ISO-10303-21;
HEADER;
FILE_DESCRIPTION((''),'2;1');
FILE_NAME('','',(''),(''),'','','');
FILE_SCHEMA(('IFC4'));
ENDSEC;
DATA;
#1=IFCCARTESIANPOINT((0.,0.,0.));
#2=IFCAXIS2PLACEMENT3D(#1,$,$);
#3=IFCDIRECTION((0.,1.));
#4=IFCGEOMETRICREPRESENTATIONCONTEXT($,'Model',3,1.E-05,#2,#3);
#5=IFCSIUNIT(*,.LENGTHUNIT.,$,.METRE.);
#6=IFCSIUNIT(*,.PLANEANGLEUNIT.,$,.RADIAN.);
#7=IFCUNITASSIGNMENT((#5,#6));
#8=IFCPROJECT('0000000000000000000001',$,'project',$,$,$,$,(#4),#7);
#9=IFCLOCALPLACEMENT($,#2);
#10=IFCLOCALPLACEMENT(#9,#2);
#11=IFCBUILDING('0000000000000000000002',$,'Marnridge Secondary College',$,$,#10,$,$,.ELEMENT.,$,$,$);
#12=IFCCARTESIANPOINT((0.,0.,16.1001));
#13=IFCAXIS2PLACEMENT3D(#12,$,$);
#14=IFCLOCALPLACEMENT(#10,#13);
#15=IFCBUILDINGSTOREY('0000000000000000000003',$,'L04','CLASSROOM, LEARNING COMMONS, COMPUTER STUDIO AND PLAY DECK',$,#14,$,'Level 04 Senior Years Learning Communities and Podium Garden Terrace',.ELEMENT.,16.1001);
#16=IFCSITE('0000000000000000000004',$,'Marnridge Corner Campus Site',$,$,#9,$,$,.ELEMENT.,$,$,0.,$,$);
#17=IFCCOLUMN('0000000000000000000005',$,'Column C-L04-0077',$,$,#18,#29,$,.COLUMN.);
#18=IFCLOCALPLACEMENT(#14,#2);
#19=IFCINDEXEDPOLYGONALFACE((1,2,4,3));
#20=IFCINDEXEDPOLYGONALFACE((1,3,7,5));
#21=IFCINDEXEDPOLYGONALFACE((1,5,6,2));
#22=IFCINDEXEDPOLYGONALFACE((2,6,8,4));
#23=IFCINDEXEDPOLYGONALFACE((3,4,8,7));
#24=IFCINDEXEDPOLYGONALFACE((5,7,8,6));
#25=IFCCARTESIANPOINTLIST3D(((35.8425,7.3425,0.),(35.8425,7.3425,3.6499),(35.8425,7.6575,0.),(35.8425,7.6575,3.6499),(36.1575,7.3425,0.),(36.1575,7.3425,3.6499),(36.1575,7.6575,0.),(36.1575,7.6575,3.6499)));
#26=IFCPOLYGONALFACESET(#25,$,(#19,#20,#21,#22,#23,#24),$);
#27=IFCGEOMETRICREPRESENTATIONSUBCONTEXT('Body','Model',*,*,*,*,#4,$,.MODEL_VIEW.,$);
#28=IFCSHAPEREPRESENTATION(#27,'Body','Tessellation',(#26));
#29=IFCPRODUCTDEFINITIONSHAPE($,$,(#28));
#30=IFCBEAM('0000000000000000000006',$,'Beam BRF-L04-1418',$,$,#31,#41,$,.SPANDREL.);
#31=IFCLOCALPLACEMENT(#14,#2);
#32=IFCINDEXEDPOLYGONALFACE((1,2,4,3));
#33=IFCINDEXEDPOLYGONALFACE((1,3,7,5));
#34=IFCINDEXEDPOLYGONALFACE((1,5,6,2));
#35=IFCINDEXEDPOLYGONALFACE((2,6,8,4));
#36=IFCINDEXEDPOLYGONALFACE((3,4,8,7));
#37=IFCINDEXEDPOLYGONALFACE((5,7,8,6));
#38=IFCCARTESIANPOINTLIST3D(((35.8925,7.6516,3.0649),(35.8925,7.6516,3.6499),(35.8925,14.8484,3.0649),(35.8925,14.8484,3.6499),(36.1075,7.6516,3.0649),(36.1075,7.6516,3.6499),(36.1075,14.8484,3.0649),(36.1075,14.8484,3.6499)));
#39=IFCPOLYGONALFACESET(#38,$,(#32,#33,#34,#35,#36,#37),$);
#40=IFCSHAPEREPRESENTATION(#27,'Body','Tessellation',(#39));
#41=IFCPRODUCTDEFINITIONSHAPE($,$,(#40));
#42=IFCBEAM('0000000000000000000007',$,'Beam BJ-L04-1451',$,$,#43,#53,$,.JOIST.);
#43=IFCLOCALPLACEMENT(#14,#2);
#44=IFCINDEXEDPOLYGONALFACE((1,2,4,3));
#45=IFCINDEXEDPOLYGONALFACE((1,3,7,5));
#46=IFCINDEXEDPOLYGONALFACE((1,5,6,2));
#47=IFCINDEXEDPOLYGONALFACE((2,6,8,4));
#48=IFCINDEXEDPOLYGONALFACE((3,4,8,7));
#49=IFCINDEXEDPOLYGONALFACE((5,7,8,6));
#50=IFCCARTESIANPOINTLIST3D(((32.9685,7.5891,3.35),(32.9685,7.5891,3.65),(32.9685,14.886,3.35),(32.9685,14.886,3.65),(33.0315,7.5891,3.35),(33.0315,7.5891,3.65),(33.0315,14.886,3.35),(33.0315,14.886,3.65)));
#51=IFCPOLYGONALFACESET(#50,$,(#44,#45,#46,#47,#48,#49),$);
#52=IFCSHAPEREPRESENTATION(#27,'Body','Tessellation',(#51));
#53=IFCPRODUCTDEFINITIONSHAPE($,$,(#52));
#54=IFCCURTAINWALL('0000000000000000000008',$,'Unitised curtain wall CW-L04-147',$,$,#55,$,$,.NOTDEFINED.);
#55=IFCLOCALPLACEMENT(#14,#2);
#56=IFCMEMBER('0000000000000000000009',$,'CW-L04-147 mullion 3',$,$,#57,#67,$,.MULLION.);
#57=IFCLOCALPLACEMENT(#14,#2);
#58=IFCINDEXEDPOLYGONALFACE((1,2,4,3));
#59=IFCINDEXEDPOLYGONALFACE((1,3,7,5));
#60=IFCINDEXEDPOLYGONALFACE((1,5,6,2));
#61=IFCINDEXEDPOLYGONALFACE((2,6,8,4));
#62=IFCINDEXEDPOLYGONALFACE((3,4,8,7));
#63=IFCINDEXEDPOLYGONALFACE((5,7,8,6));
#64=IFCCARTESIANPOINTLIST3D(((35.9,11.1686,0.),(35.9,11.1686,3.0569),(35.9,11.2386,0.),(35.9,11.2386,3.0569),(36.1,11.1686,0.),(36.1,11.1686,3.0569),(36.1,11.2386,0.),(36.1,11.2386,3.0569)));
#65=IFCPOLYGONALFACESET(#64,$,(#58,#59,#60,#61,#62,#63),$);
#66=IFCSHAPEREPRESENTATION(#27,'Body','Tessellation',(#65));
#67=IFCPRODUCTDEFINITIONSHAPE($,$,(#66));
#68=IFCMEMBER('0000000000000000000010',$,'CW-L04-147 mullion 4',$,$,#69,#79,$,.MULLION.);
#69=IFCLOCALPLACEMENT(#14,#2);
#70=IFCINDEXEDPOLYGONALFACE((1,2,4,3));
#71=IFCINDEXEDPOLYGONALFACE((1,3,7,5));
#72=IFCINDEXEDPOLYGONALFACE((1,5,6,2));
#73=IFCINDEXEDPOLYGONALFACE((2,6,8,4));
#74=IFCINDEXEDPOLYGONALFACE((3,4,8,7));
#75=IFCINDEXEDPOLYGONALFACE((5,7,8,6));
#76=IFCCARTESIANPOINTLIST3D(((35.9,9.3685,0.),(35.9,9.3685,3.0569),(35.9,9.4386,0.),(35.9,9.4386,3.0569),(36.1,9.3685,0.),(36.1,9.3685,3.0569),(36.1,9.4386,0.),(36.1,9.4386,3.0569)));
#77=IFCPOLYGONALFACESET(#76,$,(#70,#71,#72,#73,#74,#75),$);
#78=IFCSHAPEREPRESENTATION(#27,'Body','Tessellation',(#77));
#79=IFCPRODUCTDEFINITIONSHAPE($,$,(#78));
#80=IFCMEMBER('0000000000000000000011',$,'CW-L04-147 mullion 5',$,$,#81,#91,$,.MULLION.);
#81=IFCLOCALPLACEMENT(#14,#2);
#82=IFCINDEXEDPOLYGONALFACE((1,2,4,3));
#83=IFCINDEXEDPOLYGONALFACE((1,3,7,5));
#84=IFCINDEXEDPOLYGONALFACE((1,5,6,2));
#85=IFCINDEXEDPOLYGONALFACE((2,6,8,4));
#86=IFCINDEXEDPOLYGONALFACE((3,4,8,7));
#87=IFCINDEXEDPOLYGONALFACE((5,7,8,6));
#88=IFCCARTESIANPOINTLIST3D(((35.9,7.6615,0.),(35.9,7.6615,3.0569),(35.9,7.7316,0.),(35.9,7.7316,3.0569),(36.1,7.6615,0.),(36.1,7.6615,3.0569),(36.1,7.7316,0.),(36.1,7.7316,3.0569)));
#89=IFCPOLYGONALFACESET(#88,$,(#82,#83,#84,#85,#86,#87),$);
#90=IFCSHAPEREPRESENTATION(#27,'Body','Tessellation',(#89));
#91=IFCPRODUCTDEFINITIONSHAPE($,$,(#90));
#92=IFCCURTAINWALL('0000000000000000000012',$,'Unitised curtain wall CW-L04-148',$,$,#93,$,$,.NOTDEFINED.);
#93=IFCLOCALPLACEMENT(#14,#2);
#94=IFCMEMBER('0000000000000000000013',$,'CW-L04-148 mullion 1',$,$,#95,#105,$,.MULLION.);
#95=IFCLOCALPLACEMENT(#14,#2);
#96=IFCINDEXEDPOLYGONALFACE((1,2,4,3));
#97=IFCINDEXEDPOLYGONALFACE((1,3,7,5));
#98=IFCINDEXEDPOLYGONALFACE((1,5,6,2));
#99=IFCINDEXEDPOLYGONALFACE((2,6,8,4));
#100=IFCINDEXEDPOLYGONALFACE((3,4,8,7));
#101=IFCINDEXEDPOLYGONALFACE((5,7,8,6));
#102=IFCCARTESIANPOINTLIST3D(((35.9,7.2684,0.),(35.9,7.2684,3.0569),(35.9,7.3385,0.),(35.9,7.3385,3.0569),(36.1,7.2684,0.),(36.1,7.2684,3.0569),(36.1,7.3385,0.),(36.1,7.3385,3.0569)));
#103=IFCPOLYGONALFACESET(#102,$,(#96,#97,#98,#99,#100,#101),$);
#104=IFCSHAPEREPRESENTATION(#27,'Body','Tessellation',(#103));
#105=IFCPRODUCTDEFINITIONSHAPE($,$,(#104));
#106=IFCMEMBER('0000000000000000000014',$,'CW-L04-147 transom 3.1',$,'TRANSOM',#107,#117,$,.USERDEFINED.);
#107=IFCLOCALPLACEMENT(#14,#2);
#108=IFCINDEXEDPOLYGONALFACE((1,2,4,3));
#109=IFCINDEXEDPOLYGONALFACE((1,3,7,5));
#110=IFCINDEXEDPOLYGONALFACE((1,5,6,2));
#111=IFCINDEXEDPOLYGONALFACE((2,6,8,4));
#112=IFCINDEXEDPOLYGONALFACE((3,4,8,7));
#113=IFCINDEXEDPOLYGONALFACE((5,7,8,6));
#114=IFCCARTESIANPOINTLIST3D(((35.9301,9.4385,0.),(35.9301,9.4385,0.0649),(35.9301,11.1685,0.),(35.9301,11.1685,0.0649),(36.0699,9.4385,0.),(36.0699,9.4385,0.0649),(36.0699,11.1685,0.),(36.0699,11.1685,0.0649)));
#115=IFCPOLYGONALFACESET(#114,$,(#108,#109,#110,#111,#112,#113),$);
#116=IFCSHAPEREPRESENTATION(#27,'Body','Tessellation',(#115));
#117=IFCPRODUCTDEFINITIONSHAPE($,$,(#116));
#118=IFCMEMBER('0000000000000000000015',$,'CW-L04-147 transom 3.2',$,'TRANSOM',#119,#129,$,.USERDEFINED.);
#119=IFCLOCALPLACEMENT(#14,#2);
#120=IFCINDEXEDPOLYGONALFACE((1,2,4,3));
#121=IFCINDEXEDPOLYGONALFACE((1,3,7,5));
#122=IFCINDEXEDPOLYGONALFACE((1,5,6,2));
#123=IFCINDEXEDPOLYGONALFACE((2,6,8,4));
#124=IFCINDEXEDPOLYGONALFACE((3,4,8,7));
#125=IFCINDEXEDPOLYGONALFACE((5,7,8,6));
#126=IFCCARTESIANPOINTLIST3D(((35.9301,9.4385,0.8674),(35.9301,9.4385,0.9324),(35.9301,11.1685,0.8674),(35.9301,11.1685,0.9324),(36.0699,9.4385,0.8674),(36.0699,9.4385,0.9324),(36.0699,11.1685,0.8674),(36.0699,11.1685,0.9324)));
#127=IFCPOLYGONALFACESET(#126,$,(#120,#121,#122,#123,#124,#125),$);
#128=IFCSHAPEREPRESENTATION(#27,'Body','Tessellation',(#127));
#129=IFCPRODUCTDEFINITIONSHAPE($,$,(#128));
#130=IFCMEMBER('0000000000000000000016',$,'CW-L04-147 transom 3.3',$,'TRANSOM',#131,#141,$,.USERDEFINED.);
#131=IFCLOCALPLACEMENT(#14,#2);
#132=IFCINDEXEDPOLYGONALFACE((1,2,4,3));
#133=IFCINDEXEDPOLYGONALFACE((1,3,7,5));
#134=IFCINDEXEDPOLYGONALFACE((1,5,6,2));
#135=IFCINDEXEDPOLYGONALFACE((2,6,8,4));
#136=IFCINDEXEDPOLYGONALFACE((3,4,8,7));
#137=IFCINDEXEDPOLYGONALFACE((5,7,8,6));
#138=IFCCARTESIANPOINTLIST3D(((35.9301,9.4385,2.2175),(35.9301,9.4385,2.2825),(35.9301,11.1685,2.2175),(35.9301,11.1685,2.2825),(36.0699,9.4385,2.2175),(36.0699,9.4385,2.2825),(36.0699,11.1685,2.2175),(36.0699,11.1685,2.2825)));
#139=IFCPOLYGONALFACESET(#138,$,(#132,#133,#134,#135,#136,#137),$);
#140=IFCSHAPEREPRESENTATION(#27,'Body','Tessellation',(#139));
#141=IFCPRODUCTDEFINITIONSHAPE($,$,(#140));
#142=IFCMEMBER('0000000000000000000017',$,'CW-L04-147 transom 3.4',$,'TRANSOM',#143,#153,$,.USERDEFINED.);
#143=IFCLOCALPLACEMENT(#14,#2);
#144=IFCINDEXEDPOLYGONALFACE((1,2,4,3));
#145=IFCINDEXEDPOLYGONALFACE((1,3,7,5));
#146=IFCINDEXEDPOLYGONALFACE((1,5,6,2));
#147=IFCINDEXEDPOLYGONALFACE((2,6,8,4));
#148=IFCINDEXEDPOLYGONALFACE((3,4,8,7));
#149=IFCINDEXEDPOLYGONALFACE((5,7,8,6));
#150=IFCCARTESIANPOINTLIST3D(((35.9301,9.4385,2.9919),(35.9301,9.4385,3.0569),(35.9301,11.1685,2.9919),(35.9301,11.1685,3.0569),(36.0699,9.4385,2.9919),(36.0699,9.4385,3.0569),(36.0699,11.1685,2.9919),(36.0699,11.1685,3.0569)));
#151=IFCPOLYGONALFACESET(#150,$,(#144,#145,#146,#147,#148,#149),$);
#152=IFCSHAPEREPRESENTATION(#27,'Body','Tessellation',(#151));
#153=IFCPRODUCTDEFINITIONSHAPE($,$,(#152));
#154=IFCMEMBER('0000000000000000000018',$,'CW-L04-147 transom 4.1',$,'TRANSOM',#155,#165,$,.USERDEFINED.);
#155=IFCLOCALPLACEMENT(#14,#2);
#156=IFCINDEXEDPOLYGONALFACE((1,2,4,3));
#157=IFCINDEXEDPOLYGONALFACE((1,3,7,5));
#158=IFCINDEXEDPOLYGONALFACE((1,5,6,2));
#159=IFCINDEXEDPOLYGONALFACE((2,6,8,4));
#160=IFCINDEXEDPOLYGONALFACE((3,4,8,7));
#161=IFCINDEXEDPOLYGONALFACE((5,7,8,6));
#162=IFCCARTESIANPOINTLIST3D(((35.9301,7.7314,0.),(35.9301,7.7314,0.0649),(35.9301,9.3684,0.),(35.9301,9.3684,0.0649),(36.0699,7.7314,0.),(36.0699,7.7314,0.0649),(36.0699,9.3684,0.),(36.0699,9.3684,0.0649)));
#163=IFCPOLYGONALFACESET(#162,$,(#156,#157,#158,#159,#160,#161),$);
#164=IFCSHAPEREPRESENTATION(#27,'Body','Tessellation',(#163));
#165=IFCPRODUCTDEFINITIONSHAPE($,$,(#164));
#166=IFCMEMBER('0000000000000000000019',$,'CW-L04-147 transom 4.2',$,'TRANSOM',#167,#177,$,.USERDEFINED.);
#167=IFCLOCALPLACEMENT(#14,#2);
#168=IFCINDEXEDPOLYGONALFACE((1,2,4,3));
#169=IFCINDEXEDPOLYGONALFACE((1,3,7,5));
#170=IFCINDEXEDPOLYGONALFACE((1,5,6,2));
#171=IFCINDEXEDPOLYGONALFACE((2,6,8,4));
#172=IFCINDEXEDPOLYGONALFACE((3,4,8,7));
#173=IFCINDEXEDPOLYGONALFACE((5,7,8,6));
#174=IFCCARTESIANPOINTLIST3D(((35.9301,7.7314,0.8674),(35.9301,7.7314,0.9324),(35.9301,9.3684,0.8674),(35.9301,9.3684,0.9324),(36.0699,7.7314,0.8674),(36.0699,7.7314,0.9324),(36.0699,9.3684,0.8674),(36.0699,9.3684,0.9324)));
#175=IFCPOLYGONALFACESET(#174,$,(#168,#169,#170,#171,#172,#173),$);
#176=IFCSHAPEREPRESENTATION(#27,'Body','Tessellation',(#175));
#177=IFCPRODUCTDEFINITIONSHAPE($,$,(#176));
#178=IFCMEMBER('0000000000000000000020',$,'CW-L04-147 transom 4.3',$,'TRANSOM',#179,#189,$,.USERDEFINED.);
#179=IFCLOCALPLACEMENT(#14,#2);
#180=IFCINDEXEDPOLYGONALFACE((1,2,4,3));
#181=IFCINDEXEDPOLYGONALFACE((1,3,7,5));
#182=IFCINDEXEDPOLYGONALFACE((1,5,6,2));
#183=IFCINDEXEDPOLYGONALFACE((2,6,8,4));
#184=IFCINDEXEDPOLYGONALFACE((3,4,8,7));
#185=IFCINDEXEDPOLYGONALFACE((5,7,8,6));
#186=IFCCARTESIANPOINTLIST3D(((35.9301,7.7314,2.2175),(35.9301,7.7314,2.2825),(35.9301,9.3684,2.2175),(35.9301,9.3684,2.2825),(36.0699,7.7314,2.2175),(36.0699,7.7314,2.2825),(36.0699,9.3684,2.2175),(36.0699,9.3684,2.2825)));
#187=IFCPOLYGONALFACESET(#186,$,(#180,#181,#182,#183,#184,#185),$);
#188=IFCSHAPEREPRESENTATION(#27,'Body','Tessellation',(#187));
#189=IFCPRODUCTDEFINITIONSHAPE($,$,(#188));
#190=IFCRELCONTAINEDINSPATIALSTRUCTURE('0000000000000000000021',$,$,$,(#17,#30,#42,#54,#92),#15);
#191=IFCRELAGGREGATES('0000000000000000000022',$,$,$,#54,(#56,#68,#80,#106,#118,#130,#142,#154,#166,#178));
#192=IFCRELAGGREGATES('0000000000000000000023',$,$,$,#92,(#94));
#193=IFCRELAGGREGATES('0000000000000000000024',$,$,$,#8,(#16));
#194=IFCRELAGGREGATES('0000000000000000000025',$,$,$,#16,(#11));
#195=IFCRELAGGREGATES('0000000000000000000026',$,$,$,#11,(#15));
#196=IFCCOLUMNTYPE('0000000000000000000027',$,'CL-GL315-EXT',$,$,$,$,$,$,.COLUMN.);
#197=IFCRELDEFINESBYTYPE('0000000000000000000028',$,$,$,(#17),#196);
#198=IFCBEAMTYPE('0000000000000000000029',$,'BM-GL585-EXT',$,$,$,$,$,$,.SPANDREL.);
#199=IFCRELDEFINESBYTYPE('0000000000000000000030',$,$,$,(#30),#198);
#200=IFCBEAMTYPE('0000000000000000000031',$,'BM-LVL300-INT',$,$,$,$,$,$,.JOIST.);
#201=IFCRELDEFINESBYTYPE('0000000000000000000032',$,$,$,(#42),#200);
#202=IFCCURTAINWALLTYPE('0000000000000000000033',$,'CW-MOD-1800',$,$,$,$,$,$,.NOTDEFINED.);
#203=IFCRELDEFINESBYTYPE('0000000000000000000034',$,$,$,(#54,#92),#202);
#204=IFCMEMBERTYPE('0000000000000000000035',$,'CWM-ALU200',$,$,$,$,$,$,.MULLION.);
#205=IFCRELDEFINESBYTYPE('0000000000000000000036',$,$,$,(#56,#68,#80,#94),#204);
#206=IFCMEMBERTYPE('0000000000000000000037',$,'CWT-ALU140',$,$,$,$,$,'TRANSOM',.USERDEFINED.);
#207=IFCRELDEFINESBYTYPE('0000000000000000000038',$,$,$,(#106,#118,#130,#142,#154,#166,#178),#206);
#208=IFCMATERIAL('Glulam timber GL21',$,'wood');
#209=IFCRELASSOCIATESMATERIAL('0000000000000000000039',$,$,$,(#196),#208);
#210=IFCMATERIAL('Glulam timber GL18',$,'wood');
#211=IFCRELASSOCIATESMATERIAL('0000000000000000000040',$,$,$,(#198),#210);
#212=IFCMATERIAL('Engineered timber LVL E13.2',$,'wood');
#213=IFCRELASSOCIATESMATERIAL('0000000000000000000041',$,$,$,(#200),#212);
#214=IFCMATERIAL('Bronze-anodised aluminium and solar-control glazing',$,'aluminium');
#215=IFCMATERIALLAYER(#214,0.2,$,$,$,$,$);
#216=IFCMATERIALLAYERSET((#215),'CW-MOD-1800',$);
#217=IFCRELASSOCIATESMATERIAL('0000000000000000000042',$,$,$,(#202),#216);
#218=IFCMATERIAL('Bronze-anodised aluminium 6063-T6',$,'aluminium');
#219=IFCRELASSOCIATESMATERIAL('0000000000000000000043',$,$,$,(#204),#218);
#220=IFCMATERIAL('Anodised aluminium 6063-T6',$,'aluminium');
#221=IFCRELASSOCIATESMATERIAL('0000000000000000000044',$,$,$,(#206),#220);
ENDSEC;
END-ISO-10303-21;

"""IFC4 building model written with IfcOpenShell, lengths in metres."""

from ifc_helpers import new_model, si_unit, direction, frame, origin, origin_2d, place, context, subcontext, project, spatial, rectangle, extrude, material, layer, layer_set, material_profile, profile_set, type_object, element, aggregate, save


model = new_model("IFC4")

# Units and contexts
model_context = context("Model", 3, precision=1e-05, world=origin(), true_north=direction((0.0, 1.0)))
body_context = subcontext(model_context, "Body", "Model", "MODEL_VIEW")
ifc_project = project(units=[si_unit("LENGTHUNIT", "METRE"), si_unit("PLANEANGLEUNIT", "RADIAN")], contexts=[model_context])

# Site, building, storey
site_placement = place(None, origin())
site = spatial("IfcSite", under=ifc_project, at=site_placement, Name="Marnridge Corner Campus Site", CompositionType="ELEMENT", RefElevation=0.0)
building_placement = place(site_placement, origin())
building = spatial("IfcBuilding", under=site, at=building_placement, Name="Marnridge Secondary College", CompositionType="ELEMENT")
storey_placement = place(building_placement, frame((0.0, 0.0, 16.1001)))
storey = spatial("IfcBuildingStorey", under=building, at=storey_placement, Name="L04", Description="CLASSROOM, LEARNING COMMONS, COMPUTER STUDIO AND PLAY DECK", LongName="Level 04 Senior Years Learning Communities and Podium Garden Terrace", CompositionType="ELEMENT", Elevation=16.1001)

# Column
ifc_material_1 = material(Name="Glulam timber GL21", Category="wood")
ifc_material_profile_1 = material_profile(ifc_material_1, rectangle(XDim=0.3149, YDim=0.3149, at=origin_2d()), Name="GL21 315x315")
ifc_profile_set_1 = profile_set([ifc_material_profile_1], Name="Glulam timber GL21")
column_type = type_object("IfcColumnType", Name="CL-GL315-EXT", PredefinedType="COLUMN", material=ifc_profile_set_1)
column_placement = place(storey_placement, frame((36.0, 7.5, 0.0), z_axis=(0.0, 0.0, 1.0), x_axis=(1.0, 0.0, 0.0)))
element("IfcColumn", 1, at=column_placement, inside=storey, type_object=column_type, Name="Column C-L04-0077", PredefinedType="COLUMN", context=body_context, shape_type="SweptSolid", body=[
    extrude(rectangle(XDim=0.3149, YDim=0.3149, at=origin_2d()), origin(), (0.0, 0.0, 1.0), 3.6499),
])

# Beams
ifc_material_2 = material(Name="Glulam timber GL18", Category="wood")
ifc_material_profile_2 = material_profile(ifc_material_2, rectangle(XDim=0.2151, YDim=0.585, at=origin_2d()), Name="GL18 215x585")
ifc_profile_set_2 = profile_set([ifc_material_profile_2], Name="Glulam timber GL18")
beam_type_1 = type_object("IfcBeamType", Name="BM-GL585-EXT", PredefinedType="SPANDREL", material=ifc_profile_set_2)
beam_1_placement = place(storey_placement, frame((36.0, 7.6516, 3.3574), z_axis=(0.0, 1.0, 0.0), x_axis=(-1.0, 0.0, 0.0)))
element("IfcBeam", 2, at=beam_1_placement, inside=storey, type_object=beam_type_1, Name="Beam BRF-L04-1418", PredefinedType="SPANDREL", context=body_context, shape_type="SweptSolid", body=[
    extrude(rectangle(XDim=0.2151, YDim=0.585, at=origin_2d()), origin(), (0.0, 0.0, 1.0), 7.1968),
])
ifc_material_3 = material(Name="Engineered timber LVL E13.2", Category="wood")
ifc_material_profile_3 = material_profile(ifc_material_3, rectangle(XDim=0.063, YDim=0.3, at=origin_2d()), Name="LVL 63x300")
ifc_profile_set_3 = profile_set([ifc_material_profile_3], Name="Engineered timber LVL E13.2")
beam_type_2 = type_object("IfcBeamType", Name="BM-LVL300-INT", PredefinedType="JOIST", material=ifc_profile_set_3)
beam_2_placement = place(storey_placement, frame((33.0, 7.5891, 3.5), z_axis=(0.0, 1.0, 0.0), x_axis=(-1.0, 0.0, 0.0)))
element("IfcBeam", 3, at=beam_2_placement, inside=storey, type_object=beam_type_2, Name="Beam BJ-L04-1451", PredefinedType="JOIST", context=body_context, shape_type="SweptSolid", body=[
    extrude(rectangle(XDim=0.063, YDim=0.3, at=origin_2d()), origin(), (0.0, 0.0, 1.0), 7.2969),
])

# Curtain wall, members
ifc_material_4 = material(Name="Bronze-anodised aluminium and solar-control glazing", Category="aluminium")
ifc_layer_1 = layer(ifc_material_4, 0.2)
ifc_layer_set_1 = layer_set([ifc_layer_1], Name="CW-MOD-1800")
curtain_wall_type = type_object("IfcCurtainWallType", Name="CW-MOD-1800", PredefinedType="NOTDEFINED", material=ifc_layer_set_1)
curtain_wall_1_placement = place(storey_placement, origin())
curtain_wall_1 = element("IfcCurtainWall", 4, at=curtain_wall_1_placement, inside=storey, type_object=curtain_wall_type, Name="Unitised curtain wall CW-L04-147", PredefinedType="NOTDEFINED")
ifc_material_5 = material(Name="Bronze-anodised aluminium 6063-T6", Category="aluminium")
ifc_material_profile_4 = material_profile(ifc_material_5, rectangle(XDim=0.0701, YDim=0.2, at=origin_2d()), Name="ALU 70x200")
ifc_profile_set_4 = profile_set([ifc_material_profile_4], Name="Bronze-anodised aluminium 6063-T6")
member_type_1 = type_object("IfcMemberType", Name="CWM-ALU200", PredefinedType="MULLION", material=ifc_profile_set_4)
member_1_placement = place(storey_placement, frame((36.0, 11.2036, 0.0), z_axis=(0.0, 0.0, 1.0), x_axis=(0.0, -1.0, 0.0)))
member_1 = element("IfcMember", 5, at=member_1_placement, type_object=member_type_1, Name="CW-L04-147 mullion 3", PredefinedType="MULLION", context=body_context, shape_type="SweptSolid", body=[
    extrude(rectangle(XDim=0.0701, YDim=0.2, at=origin_2d()), origin(), (0.0, 0.0, 1.0), 3.0569),
])
member_2_placement = place(storey_placement, frame((36.0, 9.4036, 0.0), z_axis=(0.0, 0.0, 1.0), x_axis=(0.0, -1.0, 0.0)))
member_2 = element("IfcMember", 6, at=member_2_placement, type_object=member_type_1, Name="CW-L04-147 mullion 4", PredefinedType="MULLION", context=body_context, shape_type="SweptSolid", body=[
    extrude(rectangle(XDim=0.0701, YDim=0.2, at=origin_2d()), origin(), (0.0, 0.0, 1.0), 3.0569),
])
member_3_placement = place(storey_placement, frame((36.0, 7.6965, 0.0), z_axis=(0.0, 0.0, 1.0), x_axis=(0.0, -1.0, 0.0)))
member_3 = element("IfcMember", 7, at=member_3_placement, type_object=member_type_1, Name="CW-L04-147 mullion 5", PredefinedType="MULLION", context=body_context, shape_type="SweptSolid", body=[
    extrude(rectangle(XDim=0.0701, YDim=0.2, at=origin_2d()), origin(), (0.0, 0.0, 1.0), 3.0569),
])

# Curtain wall, member
curtain_wall_2_placement = place(storey_placement, origin())
curtain_wall_2 = element("IfcCurtainWall", 8, at=curtain_wall_2_placement, inside=storey, type_object=curtain_wall_type, Name="Unitised curtain wall CW-L04-148", PredefinedType="NOTDEFINED")
member_4_placement = place(storey_placement, frame((36.0, 7.3035, 0.0), z_axis=(0.0, 0.0, 1.0), x_axis=(0.0, -1.0, 0.0)))
member_4 = element("IfcMember", 9, at=member_4_placement, type_object=member_type_1, Name="CW-L04-148 mullion 1", PredefinedType="MULLION", context=body_context, shape_type="SweptSolid", body=[
    extrude(rectangle(XDim=0.0701, YDim=0.2, at=origin_2d()), origin(), (0.0, 0.0, 1.0), 3.0569),
])

# Members
ifc_material_6 = material(Name="Anodised aluminium 6063-T6", Category="aluminium")
ifc_material_profile_5 = material_profile(ifc_material_6, rectangle(XDim=0.0649, YDim=0.1399, at=origin_2d()), Name="ALU 65x140")
ifc_profile_set_5 = profile_set([ifc_material_profile_5], Name="Anodised aluminium 6063-T6")
member_type_2 = type_object("IfcMemberType", Name="CWT-ALU140", ElementType="TRANSOM", PredefinedType="USERDEFINED", material=ifc_profile_set_5)
member_5_placement = place(storey_placement, frame((36.0, 11.1685, 0.0325), z_axis=(0.0, -1.0, 0.0), x_axis=(0.0, 0.0, 1.0)))
member_5 = element("IfcMember", 10, at=member_5_placement, type_object=member_type_2, Name="CW-L04-147 transom 3.1", ObjectType="TRANSOM", PredefinedType="USERDEFINED", context=body_context, shape_type="SweptSolid", body=[
    extrude(rectangle(XDim=0.0649, YDim=0.1399, at=origin_2d()), origin(), (0.0, 0.0, 1.0), 1.73),
])
member_6_placement = place(storey_placement, frame((36.0, 11.1685, 0.8999), z_axis=(0.0, -1.0, 0.0), x_axis=(0.0, 0.0, 1.0)))
member_6 = element("IfcMember", 11, at=member_6_placement, type_object=member_type_2, Name="CW-L04-147 transom 3.2", ObjectType="TRANSOM", PredefinedType="USERDEFINED", context=body_context, shape_type="SweptSolid", body=[
    extrude(rectangle(XDim=0.0649, YDim=0.1399, at=origin_2d()), origin(), (0.0, 0.0, 1.0), 1.73),
])
member_7_placement = place(storey_placement, frame((36.0, 11.1685, 2.25), z_axis=(0.0, -1.0, 0.0), x_axis=(0.0, 0.0, 1.0)))
member_7 = element("IfcMember", 12, at=member_7_placement, type_object=member_type_2, Name="CW-L04-147 transom 3.3", ObjectType="TRANSOM", PredefinedType="USERDEFINED", context=body_context, shape_type="SweptSolid", body=[
    extrude(rectangle(XDim=0.0649, YDim=0.1399, at=origin_2d()), origin(), (0.0, 0.0, 1.0), 1.73),
])
member_8_placement = place(storey_placement, frame((36.0, 11.1685, 3.0244), z_axis=(0.0, -1.0, 0.0), x_axis=(0.0, 0.0, 1.0)))
member_8 = element("IfcMember", 13, at=member_8_placement, type_object=member_type_2, Name="CW-L04-147 transom 3.4", ObjectType="TRANSOM", PredefinedType="USERDEFINED", context=body_context, shape_type="SweptSolid", body=[
    extrude(rectangle(XDim=0.0649, YDim=0.1399, at=origin_2d()), origin(), (0.0, 0.0, 1.0), 1.73),
])
member_9_placement = place(storey_placement, frame((36.0, 9.3684, 0.0325), z_axis=(0.0, -1.0, 0.0), x_axis=(0.0, 0.0, 1.0)))
member_9 = element("IfcMember", 14, at=member_9_placement, type_object=member_type_2, Name="CW-L04-147 transom 4.1", ObjectType="TRANSOM", PredefinedType="USERDEFINED", context=body_context, shape_type="SweptSolid", body=[
    extrude(rectangle(XDim=0.0649, YDim=0.1399, at=origin_2d()), origin(), (0.0, 0.0, 1.0), 1.637),
])
member_10_placement = place(storey_placement, frame((36.0, 9.3684, 0.8999), z_axis=(0.0, -1.0, 0.0), x_axis=(0.0, 0.0, 1.0)))
member_10 = element("IfcMember", 15, at=member_10_placement, type_object=member_type_2, Name="CW-L04-147 transom 4.2", ObjectType="TRANSOM", PredefinedType="USERDEFINED", context=body_context, shape_type="SweptSolid", body=[
    extrude(rectangle(XDim=0.0649, YDim=0.1399, at=origin_2d()), origin(), (0.0, 0.0, 1.0), 1.637),
])
member_11_placement = place(storey_placement, frame((36.0, 9.3684, 2.25), z_axis=(0.0, -1.0, 0.0), x_axis=(0.0, 0.0, 1.0)))
member_11 = element("IfcMember", 16, at=member_11_placement, type_object=member_type_2, Name="CW-L04-147 transom 4.3", ObjectType="TRANSOM", PredefinedType="USERDEFINED", context=body_context, shape_type="SweptSolid", body=[
    extrude(rectangle(XDim=0.0649, YDim=0.1399, at=origin_2d()), origin(), (0.0, 0.0, 1.0), 1.637),
])

aggregate(curtain_wall_1, [member_1, member_2, member_3, member_5, member_6, member_7, member_8, member_9, member_10, member_11])
aggregate(curtain_wall_2, [member_4])

save(model, "model.ifc")
